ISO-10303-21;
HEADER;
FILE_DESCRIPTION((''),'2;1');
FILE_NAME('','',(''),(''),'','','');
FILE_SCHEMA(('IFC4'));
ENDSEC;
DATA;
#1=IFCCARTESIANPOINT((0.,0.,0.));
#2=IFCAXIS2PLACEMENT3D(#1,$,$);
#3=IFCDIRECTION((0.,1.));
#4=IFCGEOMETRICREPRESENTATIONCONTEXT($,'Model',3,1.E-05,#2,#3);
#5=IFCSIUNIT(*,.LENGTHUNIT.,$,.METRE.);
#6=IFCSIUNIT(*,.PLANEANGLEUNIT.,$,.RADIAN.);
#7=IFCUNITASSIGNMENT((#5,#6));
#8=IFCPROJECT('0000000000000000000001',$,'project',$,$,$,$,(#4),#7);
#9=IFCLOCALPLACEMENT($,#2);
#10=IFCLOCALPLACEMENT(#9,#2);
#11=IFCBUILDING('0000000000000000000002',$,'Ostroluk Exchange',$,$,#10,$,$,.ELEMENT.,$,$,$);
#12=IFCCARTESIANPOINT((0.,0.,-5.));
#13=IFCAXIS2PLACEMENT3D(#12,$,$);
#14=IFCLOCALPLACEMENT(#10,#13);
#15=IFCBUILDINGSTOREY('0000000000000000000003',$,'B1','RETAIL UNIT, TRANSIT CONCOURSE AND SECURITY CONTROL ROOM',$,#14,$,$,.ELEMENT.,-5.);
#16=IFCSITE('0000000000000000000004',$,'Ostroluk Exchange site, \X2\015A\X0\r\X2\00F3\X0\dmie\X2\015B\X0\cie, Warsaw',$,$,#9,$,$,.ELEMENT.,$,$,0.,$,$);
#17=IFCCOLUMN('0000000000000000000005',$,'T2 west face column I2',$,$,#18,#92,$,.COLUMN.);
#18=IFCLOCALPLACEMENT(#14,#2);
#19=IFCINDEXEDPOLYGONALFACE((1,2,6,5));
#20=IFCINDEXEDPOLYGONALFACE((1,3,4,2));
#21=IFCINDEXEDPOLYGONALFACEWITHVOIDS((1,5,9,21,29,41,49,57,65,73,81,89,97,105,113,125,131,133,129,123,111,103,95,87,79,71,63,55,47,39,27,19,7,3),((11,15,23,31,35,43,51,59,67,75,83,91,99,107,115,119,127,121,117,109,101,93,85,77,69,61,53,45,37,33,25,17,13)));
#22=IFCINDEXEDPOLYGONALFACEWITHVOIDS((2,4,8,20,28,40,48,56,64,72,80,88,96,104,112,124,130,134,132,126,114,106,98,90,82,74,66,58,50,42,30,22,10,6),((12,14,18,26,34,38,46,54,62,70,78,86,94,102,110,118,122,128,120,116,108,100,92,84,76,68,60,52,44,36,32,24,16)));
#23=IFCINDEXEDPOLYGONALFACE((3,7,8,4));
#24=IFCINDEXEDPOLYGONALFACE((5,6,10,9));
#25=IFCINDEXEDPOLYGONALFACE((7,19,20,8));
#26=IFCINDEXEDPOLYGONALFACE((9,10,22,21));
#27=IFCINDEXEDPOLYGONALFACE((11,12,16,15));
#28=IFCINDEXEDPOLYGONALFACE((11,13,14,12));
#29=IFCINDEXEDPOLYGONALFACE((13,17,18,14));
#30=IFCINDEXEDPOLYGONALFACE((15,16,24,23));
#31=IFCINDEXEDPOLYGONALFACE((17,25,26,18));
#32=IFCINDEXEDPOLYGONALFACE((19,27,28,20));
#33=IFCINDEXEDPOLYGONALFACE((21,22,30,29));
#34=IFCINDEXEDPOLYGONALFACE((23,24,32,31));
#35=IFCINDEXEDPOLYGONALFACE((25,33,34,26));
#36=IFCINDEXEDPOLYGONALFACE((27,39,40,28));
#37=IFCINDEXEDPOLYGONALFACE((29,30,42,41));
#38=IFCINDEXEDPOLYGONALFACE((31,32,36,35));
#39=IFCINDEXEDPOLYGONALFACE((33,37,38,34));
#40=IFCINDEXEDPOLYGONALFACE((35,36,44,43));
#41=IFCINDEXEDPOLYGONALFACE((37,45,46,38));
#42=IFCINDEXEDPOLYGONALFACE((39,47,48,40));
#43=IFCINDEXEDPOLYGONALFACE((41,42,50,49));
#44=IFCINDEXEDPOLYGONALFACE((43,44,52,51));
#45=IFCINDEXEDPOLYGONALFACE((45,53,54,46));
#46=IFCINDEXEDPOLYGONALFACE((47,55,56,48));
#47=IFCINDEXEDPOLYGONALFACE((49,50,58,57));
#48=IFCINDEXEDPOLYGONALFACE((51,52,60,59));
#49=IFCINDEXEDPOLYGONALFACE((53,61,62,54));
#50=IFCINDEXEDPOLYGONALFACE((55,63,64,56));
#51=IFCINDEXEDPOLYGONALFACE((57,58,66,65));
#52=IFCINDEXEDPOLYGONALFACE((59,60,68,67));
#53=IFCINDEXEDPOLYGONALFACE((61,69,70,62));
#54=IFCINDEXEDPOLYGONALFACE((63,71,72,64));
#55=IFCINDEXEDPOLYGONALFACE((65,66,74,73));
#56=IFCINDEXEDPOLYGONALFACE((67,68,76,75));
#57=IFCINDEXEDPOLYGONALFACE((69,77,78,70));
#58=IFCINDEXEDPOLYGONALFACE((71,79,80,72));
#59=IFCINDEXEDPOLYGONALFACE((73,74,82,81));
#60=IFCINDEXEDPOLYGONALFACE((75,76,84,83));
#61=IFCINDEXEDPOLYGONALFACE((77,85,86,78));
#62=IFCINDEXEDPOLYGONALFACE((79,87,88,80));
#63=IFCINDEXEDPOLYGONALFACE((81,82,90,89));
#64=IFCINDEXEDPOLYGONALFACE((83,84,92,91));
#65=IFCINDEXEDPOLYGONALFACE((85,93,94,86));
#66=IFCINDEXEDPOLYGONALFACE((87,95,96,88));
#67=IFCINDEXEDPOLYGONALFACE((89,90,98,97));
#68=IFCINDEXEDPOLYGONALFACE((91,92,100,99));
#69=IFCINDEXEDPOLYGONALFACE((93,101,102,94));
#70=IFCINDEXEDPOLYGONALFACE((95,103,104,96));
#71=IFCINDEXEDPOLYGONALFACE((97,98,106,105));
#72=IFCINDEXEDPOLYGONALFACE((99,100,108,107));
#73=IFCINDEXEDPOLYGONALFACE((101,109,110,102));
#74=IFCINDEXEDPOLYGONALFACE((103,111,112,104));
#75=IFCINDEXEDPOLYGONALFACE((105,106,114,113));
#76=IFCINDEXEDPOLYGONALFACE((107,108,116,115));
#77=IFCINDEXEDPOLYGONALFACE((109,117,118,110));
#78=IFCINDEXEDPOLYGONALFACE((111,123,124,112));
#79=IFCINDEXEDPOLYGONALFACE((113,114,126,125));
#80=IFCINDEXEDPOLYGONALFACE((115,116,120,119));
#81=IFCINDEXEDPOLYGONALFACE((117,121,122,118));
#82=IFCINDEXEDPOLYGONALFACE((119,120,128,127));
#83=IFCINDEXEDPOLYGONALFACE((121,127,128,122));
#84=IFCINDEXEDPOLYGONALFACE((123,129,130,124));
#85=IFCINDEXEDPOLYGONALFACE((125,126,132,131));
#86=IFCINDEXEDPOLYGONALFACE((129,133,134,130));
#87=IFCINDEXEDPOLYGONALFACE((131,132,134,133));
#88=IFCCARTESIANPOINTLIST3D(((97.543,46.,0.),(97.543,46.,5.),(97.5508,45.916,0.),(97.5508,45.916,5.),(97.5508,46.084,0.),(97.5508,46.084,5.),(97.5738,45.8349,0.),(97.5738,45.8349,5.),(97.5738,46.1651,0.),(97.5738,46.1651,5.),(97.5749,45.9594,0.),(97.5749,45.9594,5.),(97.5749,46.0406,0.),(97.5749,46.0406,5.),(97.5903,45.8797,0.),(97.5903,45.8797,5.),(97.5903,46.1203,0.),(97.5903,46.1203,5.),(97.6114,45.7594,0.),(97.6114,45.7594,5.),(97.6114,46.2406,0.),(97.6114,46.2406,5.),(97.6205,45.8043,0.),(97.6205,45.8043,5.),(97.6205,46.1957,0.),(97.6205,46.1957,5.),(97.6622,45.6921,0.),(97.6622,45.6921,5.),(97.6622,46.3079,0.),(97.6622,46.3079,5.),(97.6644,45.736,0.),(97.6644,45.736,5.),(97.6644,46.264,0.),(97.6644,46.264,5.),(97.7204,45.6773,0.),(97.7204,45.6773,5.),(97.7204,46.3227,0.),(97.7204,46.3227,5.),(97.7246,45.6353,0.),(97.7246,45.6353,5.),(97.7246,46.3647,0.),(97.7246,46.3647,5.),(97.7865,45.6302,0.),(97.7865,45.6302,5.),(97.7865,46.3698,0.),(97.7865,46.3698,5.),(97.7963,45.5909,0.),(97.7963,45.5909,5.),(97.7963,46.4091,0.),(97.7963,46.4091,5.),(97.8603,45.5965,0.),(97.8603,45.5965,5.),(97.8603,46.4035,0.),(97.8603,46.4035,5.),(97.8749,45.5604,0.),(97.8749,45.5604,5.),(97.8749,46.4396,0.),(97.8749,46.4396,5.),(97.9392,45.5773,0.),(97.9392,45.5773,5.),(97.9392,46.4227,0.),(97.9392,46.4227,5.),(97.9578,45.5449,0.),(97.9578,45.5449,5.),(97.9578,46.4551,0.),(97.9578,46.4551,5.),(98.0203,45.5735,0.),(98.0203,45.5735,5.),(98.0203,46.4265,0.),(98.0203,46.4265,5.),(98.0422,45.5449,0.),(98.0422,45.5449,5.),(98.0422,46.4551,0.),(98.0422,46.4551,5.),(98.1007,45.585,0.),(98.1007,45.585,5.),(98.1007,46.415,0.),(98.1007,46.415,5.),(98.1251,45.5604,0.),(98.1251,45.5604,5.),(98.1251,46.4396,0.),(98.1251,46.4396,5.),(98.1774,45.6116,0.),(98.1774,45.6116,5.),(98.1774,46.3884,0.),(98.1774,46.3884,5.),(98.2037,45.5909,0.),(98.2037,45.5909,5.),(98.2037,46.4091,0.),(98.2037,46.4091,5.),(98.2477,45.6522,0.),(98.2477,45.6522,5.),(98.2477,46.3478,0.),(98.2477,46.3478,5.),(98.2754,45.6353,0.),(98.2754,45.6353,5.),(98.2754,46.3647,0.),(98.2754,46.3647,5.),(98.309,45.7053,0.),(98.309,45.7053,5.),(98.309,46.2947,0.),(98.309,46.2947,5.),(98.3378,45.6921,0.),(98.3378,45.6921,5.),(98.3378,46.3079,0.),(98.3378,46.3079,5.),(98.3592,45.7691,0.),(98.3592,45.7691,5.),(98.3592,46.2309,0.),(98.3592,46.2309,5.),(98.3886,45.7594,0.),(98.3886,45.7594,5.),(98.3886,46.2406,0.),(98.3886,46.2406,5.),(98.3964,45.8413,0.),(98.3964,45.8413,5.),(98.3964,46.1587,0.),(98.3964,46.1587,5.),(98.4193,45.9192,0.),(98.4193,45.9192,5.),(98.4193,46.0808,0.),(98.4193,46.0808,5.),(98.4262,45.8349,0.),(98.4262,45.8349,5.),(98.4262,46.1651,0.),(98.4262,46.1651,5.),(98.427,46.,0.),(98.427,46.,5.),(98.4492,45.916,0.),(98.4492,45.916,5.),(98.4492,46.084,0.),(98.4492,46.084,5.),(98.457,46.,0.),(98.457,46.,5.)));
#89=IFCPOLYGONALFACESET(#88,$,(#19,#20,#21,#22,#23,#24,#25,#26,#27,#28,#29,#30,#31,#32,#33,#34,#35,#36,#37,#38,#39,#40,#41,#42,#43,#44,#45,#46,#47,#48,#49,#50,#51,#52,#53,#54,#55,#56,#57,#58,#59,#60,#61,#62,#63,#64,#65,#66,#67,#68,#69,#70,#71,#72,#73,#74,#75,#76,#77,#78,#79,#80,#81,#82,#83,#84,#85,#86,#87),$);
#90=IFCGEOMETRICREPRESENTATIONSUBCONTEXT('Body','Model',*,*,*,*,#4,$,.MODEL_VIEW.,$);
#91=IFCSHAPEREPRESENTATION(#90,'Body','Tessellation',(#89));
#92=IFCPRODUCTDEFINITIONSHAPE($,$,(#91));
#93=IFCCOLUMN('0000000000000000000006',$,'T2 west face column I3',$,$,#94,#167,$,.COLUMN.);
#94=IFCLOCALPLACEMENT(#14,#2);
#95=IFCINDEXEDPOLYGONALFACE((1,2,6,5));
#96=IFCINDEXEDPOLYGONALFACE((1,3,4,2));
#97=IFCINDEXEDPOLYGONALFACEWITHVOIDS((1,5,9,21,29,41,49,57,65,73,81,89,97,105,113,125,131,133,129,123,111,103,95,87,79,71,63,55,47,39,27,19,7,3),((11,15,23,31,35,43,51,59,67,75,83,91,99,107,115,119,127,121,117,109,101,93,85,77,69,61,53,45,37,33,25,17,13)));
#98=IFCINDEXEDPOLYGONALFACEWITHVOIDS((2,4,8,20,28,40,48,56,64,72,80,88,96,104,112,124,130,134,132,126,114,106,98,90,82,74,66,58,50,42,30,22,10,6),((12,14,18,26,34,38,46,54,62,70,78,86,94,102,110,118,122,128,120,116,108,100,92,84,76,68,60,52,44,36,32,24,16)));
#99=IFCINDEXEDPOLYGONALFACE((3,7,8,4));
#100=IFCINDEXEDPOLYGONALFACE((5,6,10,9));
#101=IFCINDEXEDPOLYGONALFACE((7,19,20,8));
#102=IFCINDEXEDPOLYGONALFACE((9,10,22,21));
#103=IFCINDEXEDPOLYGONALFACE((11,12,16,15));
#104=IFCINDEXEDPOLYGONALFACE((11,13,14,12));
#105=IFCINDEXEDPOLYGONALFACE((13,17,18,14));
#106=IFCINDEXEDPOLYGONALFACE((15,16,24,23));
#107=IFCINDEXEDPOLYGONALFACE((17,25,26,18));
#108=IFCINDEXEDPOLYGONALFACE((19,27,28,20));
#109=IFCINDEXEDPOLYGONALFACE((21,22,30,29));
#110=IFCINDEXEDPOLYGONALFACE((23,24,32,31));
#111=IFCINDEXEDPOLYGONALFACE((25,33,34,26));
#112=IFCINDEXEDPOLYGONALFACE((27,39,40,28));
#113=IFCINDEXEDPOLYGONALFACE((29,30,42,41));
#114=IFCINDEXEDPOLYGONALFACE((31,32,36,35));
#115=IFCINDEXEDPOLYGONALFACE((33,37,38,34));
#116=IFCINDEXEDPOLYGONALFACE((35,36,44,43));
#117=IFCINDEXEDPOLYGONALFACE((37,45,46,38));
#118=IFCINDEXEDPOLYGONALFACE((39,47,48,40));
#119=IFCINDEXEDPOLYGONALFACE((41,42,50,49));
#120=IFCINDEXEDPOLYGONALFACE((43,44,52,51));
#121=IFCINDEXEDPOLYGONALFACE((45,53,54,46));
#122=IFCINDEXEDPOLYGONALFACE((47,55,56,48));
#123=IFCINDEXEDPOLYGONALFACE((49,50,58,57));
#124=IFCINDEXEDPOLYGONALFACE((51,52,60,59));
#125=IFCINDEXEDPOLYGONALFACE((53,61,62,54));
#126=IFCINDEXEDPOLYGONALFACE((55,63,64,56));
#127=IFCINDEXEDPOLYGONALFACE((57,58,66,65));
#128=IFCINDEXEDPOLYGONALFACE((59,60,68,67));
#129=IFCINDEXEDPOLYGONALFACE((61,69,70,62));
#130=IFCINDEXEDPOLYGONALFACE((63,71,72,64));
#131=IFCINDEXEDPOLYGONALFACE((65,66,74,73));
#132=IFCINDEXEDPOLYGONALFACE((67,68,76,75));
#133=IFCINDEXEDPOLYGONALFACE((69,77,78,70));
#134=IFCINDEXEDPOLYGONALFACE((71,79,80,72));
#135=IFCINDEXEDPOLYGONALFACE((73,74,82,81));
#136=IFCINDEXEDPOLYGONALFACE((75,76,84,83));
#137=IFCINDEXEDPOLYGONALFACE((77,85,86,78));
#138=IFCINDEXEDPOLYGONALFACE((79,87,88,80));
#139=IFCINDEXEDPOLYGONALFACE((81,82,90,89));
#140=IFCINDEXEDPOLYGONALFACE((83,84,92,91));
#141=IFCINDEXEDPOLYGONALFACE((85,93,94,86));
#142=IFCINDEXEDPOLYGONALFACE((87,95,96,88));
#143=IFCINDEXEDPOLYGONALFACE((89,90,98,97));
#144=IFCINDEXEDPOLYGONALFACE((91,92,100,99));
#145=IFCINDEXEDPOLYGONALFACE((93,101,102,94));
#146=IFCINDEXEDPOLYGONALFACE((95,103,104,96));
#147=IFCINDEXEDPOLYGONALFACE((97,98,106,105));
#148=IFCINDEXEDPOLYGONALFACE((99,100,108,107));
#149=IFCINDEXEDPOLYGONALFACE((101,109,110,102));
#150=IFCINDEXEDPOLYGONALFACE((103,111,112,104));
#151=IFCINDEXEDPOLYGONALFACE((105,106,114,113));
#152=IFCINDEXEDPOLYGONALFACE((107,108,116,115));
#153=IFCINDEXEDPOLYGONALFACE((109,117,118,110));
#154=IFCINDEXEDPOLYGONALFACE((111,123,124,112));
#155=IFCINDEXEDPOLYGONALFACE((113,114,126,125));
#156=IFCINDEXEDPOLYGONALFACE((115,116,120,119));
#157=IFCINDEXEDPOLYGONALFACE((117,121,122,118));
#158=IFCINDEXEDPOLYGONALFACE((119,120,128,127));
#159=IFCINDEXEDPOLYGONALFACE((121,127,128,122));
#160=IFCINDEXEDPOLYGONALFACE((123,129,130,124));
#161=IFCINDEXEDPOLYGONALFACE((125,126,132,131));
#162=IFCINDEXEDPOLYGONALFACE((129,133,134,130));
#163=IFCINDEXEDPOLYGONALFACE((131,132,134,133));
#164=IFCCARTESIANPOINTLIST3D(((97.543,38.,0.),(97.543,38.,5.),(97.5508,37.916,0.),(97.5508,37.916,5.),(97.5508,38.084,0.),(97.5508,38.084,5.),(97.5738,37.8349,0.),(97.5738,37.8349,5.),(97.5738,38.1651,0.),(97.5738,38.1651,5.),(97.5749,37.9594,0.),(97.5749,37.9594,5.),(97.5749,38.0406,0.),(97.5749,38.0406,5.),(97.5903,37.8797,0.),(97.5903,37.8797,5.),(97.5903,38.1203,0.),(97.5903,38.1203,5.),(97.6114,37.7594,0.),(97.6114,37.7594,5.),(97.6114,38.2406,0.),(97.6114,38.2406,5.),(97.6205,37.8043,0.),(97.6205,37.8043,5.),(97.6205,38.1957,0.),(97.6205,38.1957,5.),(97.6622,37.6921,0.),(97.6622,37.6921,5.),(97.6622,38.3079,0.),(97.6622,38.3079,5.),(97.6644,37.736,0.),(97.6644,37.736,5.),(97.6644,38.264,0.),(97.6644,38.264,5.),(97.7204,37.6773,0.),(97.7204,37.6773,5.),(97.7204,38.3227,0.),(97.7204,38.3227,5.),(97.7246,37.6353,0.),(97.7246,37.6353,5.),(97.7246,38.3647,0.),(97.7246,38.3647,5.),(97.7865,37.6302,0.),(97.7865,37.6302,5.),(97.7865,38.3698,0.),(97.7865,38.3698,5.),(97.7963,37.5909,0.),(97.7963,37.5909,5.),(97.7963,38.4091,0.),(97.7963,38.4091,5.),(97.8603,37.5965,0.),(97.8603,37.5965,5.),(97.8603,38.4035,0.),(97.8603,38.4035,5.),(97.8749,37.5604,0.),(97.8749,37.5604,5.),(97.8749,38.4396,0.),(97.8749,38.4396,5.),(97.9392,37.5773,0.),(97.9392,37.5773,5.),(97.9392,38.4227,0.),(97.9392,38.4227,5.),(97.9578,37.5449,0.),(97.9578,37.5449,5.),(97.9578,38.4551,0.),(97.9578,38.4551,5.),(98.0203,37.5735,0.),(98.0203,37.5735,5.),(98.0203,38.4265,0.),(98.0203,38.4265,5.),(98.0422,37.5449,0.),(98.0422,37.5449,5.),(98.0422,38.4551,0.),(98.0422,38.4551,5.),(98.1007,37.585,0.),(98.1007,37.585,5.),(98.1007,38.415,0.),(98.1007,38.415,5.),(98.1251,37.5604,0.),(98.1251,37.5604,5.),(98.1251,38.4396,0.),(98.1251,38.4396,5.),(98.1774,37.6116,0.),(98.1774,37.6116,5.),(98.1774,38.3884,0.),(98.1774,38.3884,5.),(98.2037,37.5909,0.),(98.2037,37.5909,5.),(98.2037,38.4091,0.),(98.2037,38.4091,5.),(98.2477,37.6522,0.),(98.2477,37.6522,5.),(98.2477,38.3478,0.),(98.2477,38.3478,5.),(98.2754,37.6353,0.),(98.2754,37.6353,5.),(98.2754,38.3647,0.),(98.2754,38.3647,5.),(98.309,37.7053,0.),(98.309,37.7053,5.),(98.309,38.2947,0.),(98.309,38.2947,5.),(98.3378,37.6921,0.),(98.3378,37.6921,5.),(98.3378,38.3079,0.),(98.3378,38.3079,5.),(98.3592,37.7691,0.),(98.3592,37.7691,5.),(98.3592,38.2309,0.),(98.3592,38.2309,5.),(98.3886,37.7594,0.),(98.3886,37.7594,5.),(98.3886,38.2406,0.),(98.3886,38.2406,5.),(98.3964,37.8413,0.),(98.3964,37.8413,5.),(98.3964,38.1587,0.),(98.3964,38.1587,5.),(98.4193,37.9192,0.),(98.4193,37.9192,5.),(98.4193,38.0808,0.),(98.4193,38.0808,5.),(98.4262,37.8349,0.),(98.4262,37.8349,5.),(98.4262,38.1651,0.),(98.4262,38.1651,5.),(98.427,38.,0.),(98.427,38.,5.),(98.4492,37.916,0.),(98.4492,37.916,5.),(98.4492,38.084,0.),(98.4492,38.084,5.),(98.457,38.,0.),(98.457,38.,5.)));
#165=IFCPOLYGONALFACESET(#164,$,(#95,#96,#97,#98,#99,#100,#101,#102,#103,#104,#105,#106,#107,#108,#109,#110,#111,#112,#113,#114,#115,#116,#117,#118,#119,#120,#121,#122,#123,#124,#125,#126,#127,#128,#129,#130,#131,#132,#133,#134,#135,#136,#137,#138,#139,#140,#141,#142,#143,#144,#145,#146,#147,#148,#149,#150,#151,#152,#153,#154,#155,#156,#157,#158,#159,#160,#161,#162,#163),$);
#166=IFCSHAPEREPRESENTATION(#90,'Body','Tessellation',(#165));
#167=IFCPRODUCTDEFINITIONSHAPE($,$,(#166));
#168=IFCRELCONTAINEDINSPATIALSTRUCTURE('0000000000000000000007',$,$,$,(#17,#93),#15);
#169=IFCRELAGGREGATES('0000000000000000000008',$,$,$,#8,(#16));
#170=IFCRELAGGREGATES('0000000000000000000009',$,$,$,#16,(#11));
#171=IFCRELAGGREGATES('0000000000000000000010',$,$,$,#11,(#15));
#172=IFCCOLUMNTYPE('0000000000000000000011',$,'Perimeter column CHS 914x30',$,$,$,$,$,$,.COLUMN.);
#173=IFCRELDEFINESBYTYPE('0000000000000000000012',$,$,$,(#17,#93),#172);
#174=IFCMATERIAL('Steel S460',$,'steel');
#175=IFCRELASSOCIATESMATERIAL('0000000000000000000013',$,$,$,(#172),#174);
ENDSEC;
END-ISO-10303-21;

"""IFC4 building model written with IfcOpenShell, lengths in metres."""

from ifc_helpers import new_model, si_unit, direction, frame, origin, origin_2d, place, context, subcontext, project, spatial, hollow_circle, extrude, material, material_profile, profile_set, type_object, element, save


model = new_model("IFC4")

# Units and contexts
model_context = context("Model", 3, precision=1e-05, world=origin(), true_north=direction((0.0, 1.0)))
body_context = subcontext(model_context, "Body", "Model", "MODEL_VIEW")
ifc_project = project(units=[si_unit("LENGTHUNIT", "METRE"), si_unit("PLANEANGLEUNIT", "RADIAN")], contexts=[model_context])

# Site, building, storey
site_placement = place(None, origin())
site = spatial("IfcSite", under=ifc_project, at=site_placement, Name="Ostroluk Exchange site, Śródmieście, Warsaw", CompositionType="ELEMENT", RefElevation=0.0)
building_placement = place(site_placement, origin())
building = spatial("IfcBuilding", under=site, at=building_placement, Name="Ostroluk Exchange", CompositionType="ELEMENT")
storey_placement = place(building_placement, frame((0.0, 0.0, -5.0)))
storey = spatial("IfcBuildingStorey", under=building, at=storey_placement, Name="B1", Description="RETAIL UNIT, TRANSIT CONCOURSE AND SECURITY CONTROL ROOM", CompositionType="ELEMENT", Elevation=-5.0)

# Columns
ifc_material_1 = material(Name="Steel S460", Category="steel")
ifc_material_profile_1 = material_profile(ifc_material_1, hollow_circle(Radius=0.457, WallThickness=0.03, at=origin_2d()), Name="CHS 914x30")
ifc_profile_set_1 = profile_set([ifc_material_profile_1], Name="Steel S460")
column_type = type_object("IfcColumnType", Name="Perimeter column CHS 914x30", PredefinedType="COLUMN", material=ifc_profile_set_1)
for number, where, z_axis, x_axis, name in (
    (1, (98.0, 46.0, 0.0), (0.0, 0.0, 1.0), (1.0, 0.0, 0.0), "T2 west face column I2"),
    (2, (98.0, 38.0, 0.0), (0.0, 0.0, 1.0), (1.0, 0.0, 0.0), "T2 west face column I3"),
):
    element("IfcColumn", number, at=place(storey_placement, frame(where, z_axis=z_axis, x_axis=x_axis)), inside=storey, type_object=column_type, Name=name, PredefinedType="COLUMN", context=body_context, shape_type="SweptSolid", body=[
        extrude(hollow_circle(Radius=0.457, WallThickness=0.03, at=origin_2d()), origin(), (0.0, 0.0, 1.0), 5.0),
    ])

save(model, "model.ifc")
